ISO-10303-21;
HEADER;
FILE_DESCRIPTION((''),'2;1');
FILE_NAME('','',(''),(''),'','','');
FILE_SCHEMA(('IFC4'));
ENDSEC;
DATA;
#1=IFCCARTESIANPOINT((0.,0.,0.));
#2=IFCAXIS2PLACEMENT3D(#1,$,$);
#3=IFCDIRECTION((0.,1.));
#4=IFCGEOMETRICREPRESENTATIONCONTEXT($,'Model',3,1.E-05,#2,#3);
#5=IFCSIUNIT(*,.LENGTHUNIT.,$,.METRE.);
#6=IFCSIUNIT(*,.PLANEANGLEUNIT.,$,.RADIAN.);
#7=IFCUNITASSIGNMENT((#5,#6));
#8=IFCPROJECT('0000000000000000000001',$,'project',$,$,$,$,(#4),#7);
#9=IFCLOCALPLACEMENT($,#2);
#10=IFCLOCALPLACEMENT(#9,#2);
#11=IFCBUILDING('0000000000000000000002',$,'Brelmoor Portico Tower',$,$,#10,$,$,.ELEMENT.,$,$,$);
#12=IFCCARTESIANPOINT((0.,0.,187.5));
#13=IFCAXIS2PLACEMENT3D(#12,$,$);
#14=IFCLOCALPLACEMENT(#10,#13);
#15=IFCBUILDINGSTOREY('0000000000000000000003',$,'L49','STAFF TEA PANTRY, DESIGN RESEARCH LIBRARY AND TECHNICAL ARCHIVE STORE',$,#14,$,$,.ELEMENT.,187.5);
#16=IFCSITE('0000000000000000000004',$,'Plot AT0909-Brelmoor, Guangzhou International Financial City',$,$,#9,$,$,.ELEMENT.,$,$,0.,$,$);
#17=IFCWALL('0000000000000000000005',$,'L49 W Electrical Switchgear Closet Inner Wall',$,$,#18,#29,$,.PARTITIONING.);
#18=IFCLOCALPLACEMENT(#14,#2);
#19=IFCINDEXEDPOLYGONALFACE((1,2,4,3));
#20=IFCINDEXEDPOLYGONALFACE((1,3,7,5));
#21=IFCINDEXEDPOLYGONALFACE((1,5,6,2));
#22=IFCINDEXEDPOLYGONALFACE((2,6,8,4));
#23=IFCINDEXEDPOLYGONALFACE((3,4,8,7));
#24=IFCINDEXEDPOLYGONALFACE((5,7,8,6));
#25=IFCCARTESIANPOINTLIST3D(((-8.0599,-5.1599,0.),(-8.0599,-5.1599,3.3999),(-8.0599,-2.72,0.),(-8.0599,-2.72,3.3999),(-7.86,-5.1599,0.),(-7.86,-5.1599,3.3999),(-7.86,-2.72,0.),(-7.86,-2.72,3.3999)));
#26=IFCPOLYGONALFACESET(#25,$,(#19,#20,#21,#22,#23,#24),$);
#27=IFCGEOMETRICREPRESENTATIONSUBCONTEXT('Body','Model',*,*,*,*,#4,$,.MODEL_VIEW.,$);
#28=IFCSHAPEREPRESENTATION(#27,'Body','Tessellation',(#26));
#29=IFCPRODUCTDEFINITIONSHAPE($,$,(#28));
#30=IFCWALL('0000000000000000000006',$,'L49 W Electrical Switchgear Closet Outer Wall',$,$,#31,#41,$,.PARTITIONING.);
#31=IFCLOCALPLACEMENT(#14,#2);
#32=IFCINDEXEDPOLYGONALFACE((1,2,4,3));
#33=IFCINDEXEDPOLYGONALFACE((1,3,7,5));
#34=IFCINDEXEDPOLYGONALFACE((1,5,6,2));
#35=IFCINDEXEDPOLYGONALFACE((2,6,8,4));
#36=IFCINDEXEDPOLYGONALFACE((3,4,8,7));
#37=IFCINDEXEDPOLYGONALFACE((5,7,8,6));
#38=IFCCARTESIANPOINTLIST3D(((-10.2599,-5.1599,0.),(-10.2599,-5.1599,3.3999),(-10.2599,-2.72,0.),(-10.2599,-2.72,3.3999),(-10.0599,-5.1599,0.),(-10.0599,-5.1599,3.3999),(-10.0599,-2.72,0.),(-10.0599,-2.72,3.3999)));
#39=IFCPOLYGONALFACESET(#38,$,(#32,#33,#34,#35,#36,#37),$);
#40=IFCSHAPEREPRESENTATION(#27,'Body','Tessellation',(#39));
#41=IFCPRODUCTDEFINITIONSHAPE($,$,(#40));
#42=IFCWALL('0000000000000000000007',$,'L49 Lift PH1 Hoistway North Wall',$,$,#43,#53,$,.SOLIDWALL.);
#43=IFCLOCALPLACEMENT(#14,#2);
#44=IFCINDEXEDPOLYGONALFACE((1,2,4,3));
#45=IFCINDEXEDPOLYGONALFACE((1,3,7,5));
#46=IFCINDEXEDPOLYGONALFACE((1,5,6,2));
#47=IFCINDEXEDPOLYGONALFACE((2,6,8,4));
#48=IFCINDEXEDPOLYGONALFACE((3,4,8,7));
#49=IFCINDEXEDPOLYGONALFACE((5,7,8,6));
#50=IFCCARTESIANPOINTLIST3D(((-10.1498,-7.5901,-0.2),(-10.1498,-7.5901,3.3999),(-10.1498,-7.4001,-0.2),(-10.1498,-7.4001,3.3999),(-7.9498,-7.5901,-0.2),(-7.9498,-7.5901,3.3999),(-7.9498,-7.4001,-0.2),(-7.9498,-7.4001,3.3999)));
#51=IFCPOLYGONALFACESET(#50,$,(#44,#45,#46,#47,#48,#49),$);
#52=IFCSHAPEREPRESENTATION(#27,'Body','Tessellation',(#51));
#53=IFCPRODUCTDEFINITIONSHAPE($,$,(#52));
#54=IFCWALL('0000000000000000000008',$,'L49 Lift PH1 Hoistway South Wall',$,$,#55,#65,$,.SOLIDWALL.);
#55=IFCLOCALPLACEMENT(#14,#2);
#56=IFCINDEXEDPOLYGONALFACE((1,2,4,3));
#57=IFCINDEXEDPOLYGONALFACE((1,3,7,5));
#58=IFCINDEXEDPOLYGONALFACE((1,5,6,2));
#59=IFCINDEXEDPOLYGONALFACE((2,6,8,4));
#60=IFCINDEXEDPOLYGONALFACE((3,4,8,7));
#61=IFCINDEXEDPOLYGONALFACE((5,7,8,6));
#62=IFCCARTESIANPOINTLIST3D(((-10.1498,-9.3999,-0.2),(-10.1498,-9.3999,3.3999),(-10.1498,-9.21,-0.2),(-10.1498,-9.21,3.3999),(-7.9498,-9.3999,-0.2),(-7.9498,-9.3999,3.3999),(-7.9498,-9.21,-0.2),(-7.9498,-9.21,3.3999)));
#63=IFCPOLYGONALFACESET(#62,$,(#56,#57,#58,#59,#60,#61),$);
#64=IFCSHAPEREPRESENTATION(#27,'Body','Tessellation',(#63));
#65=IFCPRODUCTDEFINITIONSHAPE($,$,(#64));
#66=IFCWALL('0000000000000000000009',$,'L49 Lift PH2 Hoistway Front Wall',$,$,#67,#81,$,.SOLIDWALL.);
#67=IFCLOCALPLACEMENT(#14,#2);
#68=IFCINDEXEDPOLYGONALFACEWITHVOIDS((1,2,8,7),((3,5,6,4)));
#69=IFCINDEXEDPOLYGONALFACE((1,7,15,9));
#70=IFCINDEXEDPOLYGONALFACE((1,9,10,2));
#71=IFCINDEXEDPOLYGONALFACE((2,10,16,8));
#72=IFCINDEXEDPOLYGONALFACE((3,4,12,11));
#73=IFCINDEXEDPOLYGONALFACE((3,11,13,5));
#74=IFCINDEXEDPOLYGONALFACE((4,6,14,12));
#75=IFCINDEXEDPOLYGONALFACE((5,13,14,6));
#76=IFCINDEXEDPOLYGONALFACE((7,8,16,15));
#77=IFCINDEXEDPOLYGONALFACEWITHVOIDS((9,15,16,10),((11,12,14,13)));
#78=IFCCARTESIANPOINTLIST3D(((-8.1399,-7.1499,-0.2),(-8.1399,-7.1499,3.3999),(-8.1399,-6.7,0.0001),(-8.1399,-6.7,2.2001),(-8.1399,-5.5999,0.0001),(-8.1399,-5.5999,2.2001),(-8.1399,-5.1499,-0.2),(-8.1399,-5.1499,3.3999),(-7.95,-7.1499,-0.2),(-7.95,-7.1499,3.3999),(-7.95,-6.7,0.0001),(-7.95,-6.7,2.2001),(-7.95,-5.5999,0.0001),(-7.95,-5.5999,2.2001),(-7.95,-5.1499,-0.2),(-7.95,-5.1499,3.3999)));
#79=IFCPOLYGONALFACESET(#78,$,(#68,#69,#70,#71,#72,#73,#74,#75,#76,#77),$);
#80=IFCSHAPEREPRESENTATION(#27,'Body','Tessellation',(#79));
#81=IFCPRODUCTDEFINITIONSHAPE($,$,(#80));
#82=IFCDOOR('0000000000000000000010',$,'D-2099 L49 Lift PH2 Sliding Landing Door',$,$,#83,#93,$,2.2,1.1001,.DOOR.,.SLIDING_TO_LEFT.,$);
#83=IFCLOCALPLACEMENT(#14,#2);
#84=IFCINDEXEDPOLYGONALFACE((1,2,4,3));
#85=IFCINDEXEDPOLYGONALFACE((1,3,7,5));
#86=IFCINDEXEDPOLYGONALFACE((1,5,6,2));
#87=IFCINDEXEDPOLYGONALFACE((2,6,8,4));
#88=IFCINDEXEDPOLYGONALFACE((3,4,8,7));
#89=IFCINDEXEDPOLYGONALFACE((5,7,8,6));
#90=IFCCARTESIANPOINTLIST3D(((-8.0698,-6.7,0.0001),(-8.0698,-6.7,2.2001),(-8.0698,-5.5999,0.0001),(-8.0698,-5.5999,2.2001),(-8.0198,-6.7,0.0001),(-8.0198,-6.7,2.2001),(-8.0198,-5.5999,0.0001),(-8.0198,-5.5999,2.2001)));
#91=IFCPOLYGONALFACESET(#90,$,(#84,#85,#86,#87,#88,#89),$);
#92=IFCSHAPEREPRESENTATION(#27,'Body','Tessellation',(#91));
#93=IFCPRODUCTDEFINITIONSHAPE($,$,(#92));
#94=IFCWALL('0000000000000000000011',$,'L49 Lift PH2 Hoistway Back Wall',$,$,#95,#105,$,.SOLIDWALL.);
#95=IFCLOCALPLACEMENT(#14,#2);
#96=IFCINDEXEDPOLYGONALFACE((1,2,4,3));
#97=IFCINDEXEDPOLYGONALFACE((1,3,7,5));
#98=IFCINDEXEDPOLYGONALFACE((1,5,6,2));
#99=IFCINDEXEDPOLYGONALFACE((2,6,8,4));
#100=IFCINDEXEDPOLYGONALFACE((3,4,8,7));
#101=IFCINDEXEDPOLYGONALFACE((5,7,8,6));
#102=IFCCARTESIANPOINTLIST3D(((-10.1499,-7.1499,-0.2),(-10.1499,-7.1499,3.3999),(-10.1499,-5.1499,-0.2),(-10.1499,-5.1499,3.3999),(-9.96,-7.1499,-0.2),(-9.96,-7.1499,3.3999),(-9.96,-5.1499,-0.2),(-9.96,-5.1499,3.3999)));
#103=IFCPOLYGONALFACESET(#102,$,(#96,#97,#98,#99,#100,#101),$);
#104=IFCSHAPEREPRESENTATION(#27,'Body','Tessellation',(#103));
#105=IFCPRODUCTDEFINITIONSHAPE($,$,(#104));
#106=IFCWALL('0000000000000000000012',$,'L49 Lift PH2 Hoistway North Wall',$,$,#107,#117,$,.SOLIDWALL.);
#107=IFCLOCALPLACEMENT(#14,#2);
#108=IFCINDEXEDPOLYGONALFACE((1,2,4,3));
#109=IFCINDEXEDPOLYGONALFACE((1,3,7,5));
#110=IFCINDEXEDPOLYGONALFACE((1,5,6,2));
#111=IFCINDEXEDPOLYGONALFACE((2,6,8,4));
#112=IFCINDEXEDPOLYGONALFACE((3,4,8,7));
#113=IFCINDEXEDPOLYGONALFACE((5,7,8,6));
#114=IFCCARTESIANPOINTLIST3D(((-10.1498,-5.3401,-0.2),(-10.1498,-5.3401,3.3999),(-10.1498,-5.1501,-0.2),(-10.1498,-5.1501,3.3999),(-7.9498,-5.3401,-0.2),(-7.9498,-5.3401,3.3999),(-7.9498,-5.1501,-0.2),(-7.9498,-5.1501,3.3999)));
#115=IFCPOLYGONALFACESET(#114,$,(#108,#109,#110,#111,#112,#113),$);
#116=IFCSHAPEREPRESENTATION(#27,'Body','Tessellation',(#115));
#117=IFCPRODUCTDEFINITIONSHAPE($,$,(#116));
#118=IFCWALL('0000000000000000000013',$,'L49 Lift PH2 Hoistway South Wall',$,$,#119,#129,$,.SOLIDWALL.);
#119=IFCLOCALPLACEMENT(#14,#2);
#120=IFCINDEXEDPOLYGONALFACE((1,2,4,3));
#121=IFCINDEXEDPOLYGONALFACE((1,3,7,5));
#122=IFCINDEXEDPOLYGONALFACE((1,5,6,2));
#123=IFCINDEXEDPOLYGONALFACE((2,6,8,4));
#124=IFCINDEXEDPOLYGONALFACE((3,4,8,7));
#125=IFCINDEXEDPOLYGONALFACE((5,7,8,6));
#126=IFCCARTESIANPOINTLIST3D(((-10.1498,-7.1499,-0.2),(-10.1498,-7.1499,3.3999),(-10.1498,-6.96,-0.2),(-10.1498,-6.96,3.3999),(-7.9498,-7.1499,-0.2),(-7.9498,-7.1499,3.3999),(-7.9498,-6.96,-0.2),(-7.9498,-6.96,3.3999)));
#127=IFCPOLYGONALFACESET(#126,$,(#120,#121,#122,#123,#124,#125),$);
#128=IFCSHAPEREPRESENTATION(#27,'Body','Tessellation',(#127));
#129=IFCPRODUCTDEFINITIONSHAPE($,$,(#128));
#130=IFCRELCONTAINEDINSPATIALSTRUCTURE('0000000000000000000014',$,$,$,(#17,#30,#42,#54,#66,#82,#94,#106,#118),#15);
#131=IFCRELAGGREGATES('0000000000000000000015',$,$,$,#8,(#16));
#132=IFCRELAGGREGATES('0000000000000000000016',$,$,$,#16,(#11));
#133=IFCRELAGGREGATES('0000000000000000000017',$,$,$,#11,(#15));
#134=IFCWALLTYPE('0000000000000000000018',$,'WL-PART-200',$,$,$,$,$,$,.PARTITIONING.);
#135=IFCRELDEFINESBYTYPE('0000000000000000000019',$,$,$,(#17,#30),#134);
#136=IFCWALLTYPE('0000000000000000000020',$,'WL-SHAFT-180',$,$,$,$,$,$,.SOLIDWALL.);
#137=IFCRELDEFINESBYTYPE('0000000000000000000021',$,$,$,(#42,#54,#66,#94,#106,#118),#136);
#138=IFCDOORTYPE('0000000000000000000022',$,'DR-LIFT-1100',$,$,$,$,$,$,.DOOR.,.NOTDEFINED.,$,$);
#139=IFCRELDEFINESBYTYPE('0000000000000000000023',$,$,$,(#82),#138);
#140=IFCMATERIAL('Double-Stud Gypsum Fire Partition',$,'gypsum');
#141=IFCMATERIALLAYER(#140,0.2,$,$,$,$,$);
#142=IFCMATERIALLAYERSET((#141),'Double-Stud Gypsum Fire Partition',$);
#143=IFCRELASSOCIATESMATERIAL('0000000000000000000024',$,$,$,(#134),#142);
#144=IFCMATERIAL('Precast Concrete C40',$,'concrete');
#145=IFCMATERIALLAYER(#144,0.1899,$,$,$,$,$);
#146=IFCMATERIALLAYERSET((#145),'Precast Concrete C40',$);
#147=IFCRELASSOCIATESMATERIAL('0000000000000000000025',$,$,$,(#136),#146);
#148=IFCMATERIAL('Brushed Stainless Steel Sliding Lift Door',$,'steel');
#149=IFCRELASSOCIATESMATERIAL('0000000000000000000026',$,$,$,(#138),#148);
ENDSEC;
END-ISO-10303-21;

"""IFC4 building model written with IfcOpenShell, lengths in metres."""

from ifc_helpers import new_model, si_unit, direction, frame, frame_2d, origin, place, context, subcontext, project, spatial, rectangle, extrude, material, layer, layer_set, type_object, element, fill, save


model = new_model("IFC4")

# Units and contexts
model_context = context("Model", 3, precision=1e-05, world=origin(), true_north=direction((0.0, 1.0)))
body_context = subcontext(model_context, "Body", "Model", "MODEL_VIEW")
ifc_project = project(units=[si_unit("LENGTHUNIT", "METRE"), si_unit("PLANEANGLEUNIT", "RADIAN")], contexts=[model_context])

# Site, building, storey
site_placement = place(None, origin())
site = spatial("IfcSite", under=ifc_project, at=site_placement, Name="Plot AT0909-Brelmoor, Guangzhou International Financial City", CompositionType="ELEMENT", RefElevation=0.0)
building_placement = place(site_placement, origin())
building = spatial("IfcBuilding", under=site, at=building_placement, Name="Brelmoor Portico Tower", CompositionType="ELEMENT")
storey_placement = place(building_placement, frame((0.0, 0.0, 187.5)))
storey = spatial("IfcBuildingStorey", under=building, at=storey_placement, Name="L49", Description="STAFF TEA PANTRY, DESIGN RESEARCH LIBRARY AND TECHNICAL ARCHIVE STORE", CompositionType="ELEMENT", Elevation=187.5)

# Shared definitions
ifc_material_1 = material(Name="Double-Stud Gypsum Fire Partition", Category="gypsum")
ifc_layer_1 = layer(ifc_material_1, 0.2)
ifc_layer_set_1 = layer_set([ifc_layer_1], Name="Double-Stud Gypsum Fire Partition")
wall_type_1 = type_object("IfcWallType", Name="WL-PART-200", PredefinedType="PARTITIONING", material=ifc_layer_set_1)

# Walls
for number, where, z_axis, x_axis, name in (
    (1, (-7.96, -5.1599, 0.0), (0.0, 0.0, 1.0), (0.0, 1.0, 0.0), "L49 W Electrical Switchgear Closet Inner Wall"),
    (2, (-10.1599, -5.1599, 0.0), (0.0, 0.0, 1.0), (0.0, 1.0, 0.0), "L49 W Electrical Switchgear Closet Outer Wall"),
):
    element("IfcWall", number, at=place(storey_placement, frame(where, z_axis=z_axis, x_axis=x_axis)), inside=storey, type_object=wall_type_1, Name=name, PredefinedType="PARTITIONING", context=body_context, shape_type="SweptSolid", body=[
        extrude(rectangle(XDim=2.4399, YDim=0.2, at=frame_2d((1.22, 0.0))), origin(), (0.0, 0.0, 1.0), 3.3999),
    ])
ifc_material_2 = material(Name="Precast Concrete C40", Category="concrete")
ifc_layer_2 = layer(ifc_material_2, 0.1899)
ifc_layer_set_2 = layer_set([ifc_layer_2], Name="Precast Concrete C40")
wall_type_2 = type_object("IfcWallType", Name="WL-SHAFT-180", PredefinedType="SOLIDWALL", material=ifc_layer_set_2)
for number, where, z_axis, x_axis, name in (
    (3, (-10.1499, -7.4951, -0.2), (0.0, 0.0, 1.0), (1.0, 0.0, 0.0), "L49 Lift PH1 Hoistway North Wall"),
    (4, (-10.1499, -9.3049, -0.2), (0.0, 0.0, 1.0), (1.0, 0.0, 0.0), "L49 Lift PH1 Hoistway South Wall"),
):
    element("IfcWall", number, at=place(storey_placement, frame(where, z_axis=z_axis, x_axis=x_axis)), inside=storey, type_object=wall_type_2, Name=name, PredefinedType="SOLIDWALL", context=body_context, shape_type="SweptSolid", body=[
        extrude(rectangle(XDim=2.2, YDim=0.1899, at=frame_2d((1.1001, 0.0))), origin(), (0.0, 0.0, 1.0), 3.5999),
    ])

# Wall, opening, door
wall_1_placement = place(storey_placement, frame((-8.0449, -7.1499, -0.2), z_axis=(0.0, 0.0, 1.0), x_axis=(0.0, 1.0, 0.0)))
wall_1 = element("IfcWall", 5, at=wall_1_placement, inside=storey, type_object=wall_type_2, Name="L49 Lift PH2 Hoistway Front Wall", PredefinedType="SOLIDWALL", context=body_context, shape_type="SweptSolid", body=[
    extrude(rectangle(XDim=2.0, YDim=0.1899, at=frame_2d((1.0, 0.0))), origin(), (0.0, 0.0, 1.0), 3.5999),
])
opening_1_placement = place(wall_1_placement, frame((0.45, 0.0, 0.2)))
opening_1 = element("IfcOpeningElement", 6, at=opening_1_placement, cuts=wall_1, PredefinedType="OPENING", context=body_context, shape_type="SweptSolid", body=[
    extrude(rectangle(XDim=1.1001, YDim=2.2, at=frame_2d((0.55, 1.1001))), frame((0.0, 0.105, 0.0), z_axis=(0.0, -1.0, 0.0), x_axis=(1.0, 0.0, 0.0)), (0.0, 0.0, 1.0), 0.21),
])
ifc_material_3 = material(Name="Brushed Stainless Steel Sliding Lift Door", Category="steel")
door_type_1 = type_object("IfcDoorType", Name="DR-LIFT-1100", OperationType="NOTDEFINED", PredefinedType="DOOR", material=ifc_material_3)
door_1_placement = place(opening_1_placement, origin())
door_1 = element("IfcDoor", 7, at=door_1_placement, inside=storey, type_object=door_type_1, Name="D-2099 L49 Lift PH2 Sliding Landing Door", OperationType="SLIDING_TO_LEFT", OverallHeight=2.2, OverallWidth=1.1001, PredefinedType="DOOR", context=body_context, shape_type="SweptSolid", body=[
    extrude(rectangle(XDim=1.1001, YDim=2.2, at=frame_2d((0.55, 1.1001))), frame((0.0, 0.0249, 0.0), z_axis=(0.0, -1.0, 0.0), x_axis=(1.0, 0.0, 0.0)), (0.0, 0.0, 1.0), 0.05),
])
fill(opening_1, door_1)

# Walls
wall_2_placement = place(storey_placement, frame((-10.0549, -7.1499, -0.2), z_axis=(0.0, 0.0, 1.0), x_axis=(0.0, 1.0, 0.0)))
element("IfcWall", 8, at=wall_2_placement, inside=storey, type_object=wall_type_2, Name="L49 Lift PH2 Hoistway Back Wall", PredefinedType="SOLIDWALL", context=body_context, shape_type="SweptSolid", body=[
    extrude(rectangle(XDim=2.0, YDim=0.1899, at=frame_2d((1.0, 0.0))), origin(), (0.0, 0.0, 1.0), 3.5999),
])
for number, where, z_axis, x_axis, name in (
    (9, (-10.1499, -5.2451, -0.2), (0.0, 0.0, 1.0), (1.0, 0.0, 0.0), "L49 Lift PH2 Hoistway North Wall"),
    (10, (-10.1499, -7.0549, -0.2), (0.0, 0.0, 1.0), (1.0, 0.0, 0.0), "L49 Lift PH2 Hoistway South Wall"),
):
    element("IfcWall", number, at=place(storey_placement, frame(where, z_axis=z_axis, x_axis=x_axis)), inside=storey, type_object=wall_type_2, Name=name, PredefinedType="SOLIDWALL", context=body_context, shape_type="SweptSolid", body=[
        extrude(rectangle(XDim=2.2, YDim=0.1899, at=frame_2d((1.1001, 0.0))), origin(), (0.0, 0.0, 1.0), 3.5999),
    ])

save(model, "model.ifc")
